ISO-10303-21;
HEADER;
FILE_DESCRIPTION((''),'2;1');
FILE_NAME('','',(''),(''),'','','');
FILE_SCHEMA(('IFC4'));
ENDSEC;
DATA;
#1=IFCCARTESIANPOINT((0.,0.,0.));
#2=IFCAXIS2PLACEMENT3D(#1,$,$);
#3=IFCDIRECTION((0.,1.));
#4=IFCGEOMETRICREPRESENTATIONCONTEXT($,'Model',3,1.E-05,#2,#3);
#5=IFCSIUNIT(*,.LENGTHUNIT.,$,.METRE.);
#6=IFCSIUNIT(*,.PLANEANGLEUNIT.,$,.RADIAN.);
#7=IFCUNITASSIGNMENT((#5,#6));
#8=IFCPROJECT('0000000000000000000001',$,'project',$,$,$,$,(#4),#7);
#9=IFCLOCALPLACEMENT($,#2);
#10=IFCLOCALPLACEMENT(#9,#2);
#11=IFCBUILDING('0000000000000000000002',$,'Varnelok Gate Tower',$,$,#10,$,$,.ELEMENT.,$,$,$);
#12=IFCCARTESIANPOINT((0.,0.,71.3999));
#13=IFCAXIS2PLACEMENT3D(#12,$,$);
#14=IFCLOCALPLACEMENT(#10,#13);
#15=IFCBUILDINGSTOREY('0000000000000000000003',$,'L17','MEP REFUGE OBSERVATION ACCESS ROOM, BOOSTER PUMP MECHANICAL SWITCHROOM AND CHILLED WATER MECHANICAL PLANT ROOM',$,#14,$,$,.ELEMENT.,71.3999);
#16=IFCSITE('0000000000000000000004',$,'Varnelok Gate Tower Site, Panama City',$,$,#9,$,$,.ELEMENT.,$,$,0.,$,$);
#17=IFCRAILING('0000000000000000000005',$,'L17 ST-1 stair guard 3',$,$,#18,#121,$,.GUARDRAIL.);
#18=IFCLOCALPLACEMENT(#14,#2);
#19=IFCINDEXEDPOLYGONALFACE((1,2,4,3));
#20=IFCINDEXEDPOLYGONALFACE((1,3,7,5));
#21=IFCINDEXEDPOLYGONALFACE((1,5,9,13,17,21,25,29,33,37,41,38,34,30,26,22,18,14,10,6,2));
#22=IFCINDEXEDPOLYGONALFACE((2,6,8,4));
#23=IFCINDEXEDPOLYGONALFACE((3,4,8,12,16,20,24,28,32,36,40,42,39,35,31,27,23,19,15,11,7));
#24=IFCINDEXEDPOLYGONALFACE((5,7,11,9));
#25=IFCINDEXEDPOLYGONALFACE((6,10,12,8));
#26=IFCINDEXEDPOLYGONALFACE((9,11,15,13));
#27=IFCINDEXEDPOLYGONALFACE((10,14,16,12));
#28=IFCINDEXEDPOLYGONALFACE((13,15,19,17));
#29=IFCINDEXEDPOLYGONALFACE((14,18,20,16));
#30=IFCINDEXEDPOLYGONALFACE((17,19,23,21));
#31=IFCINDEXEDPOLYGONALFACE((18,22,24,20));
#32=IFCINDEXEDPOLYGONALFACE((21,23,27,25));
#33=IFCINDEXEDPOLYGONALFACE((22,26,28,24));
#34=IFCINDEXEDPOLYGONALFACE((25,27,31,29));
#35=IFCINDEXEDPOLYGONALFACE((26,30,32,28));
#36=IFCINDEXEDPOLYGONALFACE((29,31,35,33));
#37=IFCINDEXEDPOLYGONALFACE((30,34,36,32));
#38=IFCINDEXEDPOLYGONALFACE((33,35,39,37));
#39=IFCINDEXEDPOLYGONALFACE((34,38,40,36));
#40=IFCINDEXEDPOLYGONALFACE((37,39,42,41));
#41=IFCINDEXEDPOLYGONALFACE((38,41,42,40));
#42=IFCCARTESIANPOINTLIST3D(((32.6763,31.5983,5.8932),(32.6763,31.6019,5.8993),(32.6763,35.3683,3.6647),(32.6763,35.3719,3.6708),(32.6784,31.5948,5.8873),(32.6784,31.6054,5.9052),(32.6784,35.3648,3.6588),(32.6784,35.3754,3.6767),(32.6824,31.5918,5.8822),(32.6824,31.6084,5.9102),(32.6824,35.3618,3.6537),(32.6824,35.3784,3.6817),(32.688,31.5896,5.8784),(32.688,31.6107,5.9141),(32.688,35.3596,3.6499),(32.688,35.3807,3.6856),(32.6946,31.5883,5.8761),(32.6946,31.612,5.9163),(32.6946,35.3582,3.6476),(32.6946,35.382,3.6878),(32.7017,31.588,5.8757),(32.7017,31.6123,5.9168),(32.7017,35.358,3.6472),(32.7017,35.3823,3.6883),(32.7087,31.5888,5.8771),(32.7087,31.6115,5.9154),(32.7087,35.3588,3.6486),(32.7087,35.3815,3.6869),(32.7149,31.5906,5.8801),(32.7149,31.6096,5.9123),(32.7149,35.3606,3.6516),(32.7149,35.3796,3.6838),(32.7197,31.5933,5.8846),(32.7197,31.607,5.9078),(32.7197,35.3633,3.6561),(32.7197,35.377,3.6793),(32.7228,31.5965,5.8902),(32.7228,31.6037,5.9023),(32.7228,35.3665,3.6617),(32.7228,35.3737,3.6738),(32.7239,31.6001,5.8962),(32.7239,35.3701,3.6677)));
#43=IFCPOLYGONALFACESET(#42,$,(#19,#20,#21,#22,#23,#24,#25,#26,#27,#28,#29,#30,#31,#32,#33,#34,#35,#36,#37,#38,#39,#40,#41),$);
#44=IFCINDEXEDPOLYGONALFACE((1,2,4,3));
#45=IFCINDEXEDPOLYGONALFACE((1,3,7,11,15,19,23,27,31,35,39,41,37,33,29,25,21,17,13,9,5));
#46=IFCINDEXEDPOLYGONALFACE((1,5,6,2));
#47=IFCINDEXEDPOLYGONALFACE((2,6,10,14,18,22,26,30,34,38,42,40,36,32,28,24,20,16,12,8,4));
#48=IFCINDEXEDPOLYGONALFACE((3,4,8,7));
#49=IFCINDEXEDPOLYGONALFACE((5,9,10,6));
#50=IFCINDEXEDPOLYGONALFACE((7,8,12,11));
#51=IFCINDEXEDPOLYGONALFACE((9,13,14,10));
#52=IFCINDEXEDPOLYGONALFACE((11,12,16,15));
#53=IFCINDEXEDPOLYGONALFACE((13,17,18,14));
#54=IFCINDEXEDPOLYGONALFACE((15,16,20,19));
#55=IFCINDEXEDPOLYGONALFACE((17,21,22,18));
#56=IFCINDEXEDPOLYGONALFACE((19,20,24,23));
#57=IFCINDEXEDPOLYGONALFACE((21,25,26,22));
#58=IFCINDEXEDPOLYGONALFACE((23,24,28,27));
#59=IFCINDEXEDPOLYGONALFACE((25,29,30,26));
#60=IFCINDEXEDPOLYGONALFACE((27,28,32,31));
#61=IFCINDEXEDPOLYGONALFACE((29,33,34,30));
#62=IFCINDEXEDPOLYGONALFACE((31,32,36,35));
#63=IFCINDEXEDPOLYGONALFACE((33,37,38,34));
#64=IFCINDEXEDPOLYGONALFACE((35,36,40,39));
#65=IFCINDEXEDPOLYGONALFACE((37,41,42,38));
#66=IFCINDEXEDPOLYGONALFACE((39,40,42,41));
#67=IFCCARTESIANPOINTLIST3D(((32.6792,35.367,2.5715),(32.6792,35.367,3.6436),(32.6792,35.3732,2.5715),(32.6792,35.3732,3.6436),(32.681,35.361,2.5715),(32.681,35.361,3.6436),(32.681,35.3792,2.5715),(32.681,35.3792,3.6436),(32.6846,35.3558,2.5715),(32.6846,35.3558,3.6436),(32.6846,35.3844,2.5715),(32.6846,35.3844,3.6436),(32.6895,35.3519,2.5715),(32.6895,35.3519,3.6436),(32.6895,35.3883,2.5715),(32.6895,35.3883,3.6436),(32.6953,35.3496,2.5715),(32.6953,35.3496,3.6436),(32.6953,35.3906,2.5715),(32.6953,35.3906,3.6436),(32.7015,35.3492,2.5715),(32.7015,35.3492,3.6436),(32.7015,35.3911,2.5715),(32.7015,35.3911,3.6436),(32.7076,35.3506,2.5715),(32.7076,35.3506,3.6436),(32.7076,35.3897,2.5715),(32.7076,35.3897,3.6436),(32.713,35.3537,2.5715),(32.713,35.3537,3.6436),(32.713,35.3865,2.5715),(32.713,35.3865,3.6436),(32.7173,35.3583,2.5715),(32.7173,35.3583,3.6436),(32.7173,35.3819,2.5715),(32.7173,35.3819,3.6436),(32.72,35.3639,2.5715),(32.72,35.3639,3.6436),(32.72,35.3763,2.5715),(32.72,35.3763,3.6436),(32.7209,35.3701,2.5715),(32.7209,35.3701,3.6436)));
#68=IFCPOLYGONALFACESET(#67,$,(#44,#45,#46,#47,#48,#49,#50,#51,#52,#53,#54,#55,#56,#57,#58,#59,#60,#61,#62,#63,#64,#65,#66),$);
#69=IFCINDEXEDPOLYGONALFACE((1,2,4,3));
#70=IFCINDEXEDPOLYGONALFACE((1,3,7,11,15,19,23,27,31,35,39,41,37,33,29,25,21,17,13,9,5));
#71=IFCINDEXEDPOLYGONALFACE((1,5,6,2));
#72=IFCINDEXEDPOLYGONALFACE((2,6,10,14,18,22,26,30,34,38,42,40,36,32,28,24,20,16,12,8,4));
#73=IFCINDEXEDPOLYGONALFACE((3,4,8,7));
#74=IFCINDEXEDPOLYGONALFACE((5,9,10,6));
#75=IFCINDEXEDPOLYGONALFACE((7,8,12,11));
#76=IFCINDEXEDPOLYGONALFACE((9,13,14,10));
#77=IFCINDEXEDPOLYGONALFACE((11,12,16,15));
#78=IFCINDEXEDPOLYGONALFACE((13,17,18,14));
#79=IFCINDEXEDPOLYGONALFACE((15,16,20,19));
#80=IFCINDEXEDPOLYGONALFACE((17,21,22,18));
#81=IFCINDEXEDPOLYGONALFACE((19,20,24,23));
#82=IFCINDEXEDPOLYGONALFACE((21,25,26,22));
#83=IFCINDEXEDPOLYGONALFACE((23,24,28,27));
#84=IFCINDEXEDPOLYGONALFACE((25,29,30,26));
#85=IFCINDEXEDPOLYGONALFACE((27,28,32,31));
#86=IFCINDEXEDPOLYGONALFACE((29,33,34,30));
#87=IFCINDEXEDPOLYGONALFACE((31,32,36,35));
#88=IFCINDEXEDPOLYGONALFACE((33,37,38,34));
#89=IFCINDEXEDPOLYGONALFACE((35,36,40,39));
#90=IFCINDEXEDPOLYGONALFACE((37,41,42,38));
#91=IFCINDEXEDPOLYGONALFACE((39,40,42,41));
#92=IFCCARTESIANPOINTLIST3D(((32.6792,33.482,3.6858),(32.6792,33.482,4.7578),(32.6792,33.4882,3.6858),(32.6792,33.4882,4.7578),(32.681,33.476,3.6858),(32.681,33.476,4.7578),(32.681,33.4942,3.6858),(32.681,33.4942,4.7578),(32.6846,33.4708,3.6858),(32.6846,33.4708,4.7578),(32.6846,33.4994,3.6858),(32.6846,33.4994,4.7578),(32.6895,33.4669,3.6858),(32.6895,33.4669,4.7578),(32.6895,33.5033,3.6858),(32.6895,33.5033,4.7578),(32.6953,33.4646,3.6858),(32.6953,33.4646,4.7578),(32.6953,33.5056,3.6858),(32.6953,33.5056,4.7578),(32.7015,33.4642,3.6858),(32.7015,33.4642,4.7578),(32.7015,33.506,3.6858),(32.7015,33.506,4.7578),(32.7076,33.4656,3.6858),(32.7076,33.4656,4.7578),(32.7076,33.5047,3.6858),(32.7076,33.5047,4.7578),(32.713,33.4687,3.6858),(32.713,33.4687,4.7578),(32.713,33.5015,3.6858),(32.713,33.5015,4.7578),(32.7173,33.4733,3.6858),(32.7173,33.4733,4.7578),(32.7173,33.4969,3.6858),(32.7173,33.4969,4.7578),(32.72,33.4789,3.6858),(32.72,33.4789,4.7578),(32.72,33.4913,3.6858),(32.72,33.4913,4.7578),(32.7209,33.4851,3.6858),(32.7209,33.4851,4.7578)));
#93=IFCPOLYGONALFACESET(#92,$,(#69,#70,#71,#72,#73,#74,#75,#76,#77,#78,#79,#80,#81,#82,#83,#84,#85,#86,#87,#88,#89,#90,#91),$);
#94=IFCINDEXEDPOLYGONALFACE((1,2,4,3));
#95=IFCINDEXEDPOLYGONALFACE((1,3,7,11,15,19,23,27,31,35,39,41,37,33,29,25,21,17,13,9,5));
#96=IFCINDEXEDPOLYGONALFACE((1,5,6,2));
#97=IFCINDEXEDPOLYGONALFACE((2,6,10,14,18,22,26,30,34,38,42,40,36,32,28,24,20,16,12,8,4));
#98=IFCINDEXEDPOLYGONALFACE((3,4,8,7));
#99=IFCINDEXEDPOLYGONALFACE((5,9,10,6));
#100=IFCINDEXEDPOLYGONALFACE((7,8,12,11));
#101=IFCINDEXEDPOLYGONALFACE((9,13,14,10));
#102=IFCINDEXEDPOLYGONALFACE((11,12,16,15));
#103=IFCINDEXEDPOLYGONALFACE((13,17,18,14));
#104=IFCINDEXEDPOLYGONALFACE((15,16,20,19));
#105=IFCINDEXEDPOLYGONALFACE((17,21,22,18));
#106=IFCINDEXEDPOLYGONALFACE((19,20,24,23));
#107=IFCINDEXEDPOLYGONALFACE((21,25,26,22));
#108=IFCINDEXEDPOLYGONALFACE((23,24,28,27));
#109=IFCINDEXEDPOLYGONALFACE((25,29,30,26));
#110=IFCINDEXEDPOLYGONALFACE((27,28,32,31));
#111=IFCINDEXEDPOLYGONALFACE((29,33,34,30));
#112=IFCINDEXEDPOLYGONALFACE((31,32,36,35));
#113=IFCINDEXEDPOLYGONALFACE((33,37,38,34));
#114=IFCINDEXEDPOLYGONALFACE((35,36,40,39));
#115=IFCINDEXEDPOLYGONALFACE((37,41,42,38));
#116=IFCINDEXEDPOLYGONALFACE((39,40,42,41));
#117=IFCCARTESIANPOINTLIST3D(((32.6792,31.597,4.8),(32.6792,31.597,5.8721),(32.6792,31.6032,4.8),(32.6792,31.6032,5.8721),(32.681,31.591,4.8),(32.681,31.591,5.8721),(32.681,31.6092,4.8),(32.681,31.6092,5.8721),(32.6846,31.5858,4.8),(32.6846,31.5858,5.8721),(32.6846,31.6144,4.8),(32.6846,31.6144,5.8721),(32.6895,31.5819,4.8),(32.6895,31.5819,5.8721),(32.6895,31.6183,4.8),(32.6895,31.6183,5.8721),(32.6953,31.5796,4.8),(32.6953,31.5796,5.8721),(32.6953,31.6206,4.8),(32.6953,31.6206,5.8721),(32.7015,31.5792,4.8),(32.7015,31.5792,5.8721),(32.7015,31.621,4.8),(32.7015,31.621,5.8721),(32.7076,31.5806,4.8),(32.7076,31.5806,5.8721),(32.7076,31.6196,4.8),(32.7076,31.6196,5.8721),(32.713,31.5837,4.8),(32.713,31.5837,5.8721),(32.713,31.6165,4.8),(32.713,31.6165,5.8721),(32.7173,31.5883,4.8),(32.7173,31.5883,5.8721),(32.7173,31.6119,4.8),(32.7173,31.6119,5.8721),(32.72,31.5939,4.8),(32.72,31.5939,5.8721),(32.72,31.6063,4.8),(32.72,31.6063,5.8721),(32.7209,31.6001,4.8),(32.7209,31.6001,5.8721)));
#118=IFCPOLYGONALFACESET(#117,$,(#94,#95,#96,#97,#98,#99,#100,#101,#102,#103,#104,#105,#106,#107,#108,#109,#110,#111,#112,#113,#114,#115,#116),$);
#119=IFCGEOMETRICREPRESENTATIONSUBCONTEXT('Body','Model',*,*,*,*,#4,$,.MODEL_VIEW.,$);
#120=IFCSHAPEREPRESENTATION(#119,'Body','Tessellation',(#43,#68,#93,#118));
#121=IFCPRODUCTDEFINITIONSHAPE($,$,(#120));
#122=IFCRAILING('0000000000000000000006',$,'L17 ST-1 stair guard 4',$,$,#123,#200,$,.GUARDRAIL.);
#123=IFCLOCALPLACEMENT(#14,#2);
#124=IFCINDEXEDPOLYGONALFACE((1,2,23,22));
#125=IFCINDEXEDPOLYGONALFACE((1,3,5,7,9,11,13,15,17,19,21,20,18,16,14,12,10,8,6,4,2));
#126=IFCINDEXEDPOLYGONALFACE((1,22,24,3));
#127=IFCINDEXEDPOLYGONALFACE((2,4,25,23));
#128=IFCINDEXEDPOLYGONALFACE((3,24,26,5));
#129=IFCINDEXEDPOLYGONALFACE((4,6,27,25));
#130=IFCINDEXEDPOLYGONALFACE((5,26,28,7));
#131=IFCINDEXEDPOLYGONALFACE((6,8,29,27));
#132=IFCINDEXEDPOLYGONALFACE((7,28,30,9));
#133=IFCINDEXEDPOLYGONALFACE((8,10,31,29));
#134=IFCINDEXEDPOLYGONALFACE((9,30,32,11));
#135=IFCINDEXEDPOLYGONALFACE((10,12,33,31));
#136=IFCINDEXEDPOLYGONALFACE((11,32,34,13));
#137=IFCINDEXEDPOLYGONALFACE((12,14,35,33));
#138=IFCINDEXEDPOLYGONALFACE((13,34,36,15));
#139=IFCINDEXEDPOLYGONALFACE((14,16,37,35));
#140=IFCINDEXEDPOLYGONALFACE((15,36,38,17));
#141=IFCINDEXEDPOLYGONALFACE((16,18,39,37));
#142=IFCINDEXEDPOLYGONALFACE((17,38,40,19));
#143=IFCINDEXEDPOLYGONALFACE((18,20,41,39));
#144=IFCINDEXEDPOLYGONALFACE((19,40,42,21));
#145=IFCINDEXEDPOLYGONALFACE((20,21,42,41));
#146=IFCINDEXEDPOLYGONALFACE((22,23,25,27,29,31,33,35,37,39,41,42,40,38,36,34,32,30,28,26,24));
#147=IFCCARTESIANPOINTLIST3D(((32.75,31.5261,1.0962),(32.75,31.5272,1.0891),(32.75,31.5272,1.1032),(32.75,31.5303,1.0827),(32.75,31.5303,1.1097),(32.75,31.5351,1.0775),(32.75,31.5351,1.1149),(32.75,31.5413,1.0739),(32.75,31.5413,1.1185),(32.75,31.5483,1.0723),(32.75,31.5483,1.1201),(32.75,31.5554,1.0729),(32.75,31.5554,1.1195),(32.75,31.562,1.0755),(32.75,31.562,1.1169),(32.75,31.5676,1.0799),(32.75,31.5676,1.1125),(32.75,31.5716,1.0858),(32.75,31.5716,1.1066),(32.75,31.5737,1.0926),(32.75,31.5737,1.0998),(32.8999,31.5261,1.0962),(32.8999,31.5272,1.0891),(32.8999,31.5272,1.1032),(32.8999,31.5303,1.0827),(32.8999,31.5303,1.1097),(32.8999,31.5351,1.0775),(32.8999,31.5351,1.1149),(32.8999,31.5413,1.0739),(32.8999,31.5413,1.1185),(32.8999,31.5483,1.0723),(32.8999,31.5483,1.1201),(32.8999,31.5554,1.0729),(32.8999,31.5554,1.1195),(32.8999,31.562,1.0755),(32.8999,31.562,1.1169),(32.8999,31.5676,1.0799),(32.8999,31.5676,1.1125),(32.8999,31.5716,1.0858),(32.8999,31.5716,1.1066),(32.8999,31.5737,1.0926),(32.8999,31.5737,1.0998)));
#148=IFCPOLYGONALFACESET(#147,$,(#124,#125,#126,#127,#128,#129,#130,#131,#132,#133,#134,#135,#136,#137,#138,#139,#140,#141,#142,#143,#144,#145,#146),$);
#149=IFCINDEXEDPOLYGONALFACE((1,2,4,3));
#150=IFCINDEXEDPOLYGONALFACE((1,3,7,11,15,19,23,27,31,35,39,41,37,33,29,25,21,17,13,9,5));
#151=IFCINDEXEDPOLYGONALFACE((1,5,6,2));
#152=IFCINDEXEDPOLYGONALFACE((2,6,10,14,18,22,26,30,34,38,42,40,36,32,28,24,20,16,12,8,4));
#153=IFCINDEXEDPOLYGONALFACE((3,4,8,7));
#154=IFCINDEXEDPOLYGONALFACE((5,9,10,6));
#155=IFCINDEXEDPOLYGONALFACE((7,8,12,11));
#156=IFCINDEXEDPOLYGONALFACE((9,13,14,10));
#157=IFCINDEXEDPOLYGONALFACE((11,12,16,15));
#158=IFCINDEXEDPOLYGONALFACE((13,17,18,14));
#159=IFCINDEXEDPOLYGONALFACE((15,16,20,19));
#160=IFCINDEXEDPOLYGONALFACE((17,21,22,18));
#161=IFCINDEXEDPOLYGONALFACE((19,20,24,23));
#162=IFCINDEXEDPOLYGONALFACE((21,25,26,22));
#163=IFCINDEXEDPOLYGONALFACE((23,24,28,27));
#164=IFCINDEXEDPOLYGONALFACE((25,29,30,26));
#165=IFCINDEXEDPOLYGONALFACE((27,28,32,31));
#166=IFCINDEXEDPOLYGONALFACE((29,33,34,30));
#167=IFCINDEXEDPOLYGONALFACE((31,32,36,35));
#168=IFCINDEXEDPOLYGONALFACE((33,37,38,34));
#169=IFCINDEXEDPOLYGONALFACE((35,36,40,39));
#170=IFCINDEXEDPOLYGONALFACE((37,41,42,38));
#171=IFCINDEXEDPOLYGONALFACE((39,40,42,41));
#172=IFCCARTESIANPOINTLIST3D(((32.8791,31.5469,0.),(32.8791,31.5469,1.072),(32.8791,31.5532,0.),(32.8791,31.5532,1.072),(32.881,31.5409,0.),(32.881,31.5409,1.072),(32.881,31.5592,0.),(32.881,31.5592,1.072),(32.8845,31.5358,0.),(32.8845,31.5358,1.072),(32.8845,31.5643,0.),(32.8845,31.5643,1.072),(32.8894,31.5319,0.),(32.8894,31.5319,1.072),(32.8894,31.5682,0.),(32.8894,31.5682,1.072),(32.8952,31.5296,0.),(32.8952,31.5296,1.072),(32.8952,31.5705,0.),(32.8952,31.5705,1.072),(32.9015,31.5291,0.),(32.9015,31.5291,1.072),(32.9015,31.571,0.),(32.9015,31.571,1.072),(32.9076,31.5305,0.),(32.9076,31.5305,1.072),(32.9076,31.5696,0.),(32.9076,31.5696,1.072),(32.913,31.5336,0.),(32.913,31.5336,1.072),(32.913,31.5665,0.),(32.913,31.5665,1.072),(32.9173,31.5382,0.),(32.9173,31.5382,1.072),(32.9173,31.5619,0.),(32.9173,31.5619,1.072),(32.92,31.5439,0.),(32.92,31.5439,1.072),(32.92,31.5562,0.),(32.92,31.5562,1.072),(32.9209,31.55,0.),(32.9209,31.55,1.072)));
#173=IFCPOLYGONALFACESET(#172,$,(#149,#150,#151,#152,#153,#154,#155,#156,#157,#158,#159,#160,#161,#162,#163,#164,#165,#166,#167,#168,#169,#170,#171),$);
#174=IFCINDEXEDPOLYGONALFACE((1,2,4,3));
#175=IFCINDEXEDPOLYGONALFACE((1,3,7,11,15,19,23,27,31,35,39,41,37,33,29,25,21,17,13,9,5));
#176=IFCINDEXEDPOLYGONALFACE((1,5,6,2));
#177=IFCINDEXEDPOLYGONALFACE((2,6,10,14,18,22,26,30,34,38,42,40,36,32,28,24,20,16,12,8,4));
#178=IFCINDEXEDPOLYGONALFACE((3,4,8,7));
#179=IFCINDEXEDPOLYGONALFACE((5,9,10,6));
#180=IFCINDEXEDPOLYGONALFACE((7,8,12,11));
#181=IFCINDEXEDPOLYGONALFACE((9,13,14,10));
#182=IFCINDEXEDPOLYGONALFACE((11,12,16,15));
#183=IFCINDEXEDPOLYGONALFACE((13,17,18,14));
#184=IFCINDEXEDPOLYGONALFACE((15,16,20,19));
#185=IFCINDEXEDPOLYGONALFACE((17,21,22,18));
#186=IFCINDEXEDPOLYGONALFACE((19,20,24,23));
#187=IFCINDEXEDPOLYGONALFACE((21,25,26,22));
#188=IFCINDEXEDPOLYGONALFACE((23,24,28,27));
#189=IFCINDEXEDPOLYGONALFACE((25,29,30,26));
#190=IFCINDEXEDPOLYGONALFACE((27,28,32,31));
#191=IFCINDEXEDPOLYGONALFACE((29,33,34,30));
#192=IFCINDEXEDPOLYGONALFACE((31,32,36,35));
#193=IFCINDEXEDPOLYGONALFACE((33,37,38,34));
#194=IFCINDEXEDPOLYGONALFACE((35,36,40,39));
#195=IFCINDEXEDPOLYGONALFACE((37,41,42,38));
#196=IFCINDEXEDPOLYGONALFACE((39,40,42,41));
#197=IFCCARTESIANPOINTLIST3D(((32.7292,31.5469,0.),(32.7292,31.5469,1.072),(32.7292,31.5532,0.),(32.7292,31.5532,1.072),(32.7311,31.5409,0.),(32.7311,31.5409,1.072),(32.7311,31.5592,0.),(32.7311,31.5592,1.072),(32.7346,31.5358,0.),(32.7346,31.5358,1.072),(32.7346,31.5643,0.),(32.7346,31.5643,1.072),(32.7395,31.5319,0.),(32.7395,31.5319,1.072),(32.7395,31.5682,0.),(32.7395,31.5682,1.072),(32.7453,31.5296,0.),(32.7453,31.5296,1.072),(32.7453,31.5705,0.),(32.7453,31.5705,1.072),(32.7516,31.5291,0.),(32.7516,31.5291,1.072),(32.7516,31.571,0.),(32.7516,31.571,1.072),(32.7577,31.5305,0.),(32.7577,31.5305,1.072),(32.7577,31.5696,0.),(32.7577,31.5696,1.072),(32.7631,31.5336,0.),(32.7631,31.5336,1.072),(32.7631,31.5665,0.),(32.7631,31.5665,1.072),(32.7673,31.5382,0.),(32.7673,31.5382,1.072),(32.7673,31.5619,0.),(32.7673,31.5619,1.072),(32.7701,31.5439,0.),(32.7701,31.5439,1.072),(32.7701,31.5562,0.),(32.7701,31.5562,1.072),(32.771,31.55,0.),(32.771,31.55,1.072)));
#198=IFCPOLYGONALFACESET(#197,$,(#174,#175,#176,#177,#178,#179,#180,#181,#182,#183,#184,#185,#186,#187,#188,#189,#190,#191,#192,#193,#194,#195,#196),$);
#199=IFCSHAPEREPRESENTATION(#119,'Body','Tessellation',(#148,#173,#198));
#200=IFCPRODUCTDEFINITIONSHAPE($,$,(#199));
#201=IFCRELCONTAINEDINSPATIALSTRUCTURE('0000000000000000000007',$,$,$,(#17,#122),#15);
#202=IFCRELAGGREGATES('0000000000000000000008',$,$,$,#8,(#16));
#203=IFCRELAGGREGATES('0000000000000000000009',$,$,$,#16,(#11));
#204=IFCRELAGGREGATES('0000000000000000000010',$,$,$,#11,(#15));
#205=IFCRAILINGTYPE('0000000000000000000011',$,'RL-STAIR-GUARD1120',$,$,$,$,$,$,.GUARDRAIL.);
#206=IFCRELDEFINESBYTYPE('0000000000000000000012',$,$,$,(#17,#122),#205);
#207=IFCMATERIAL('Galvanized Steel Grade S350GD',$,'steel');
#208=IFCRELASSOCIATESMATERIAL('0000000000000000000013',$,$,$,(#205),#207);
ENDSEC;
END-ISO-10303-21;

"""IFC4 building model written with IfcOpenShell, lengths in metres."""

from ifc_helpers import new_model, si_unit, direction, frame, origin, origin_2d, place, context, subcontext, project, spatial, circle, extrude, material, type_object, element, save


model = new_model("IFC4")

# Units and contexts
model_context = context("Model", 3, precision=1e-05, world=origin(), true_north=direction((0.0, 1.0)))
body_context = subcontext(model_context, "Body", "Model", "MODEL_VIEW")
ifc_project = project(units=[si_unit("LENGTHUNIT", "METRE"), si_unit("PLANEANGLEUNIT", "RADIAN")], contexts=[model_context])

# Site, building, storey
site_placement = place(None, origin())
site = spatial("IfcSite", under=ifc_project, at=site_placement, Name="Varnelok Gate Tower Site, Panama City", CompositionType="ELEMENT", RefElevation=0.0)
building_placement = place(site_placement, origin())
building = spatial("IfcBuilding", under=site, at=building_placement, Name="Varnelok Gate Tower", CompositionType="ELEMENT")
storey_placement = place(building_placement, frame((0.0, 0.0, 71.3999)))
storey = spatial("IfcBuildingStorey", under=building, at=storey_placement, Name="L17", Description="MEP REFUGE OBSERVATION ACCESS ROOM, BOOSTER PUMP MECHANICAL SWITCHROOM AND CHILLED WATER MECHANICAL PLANT ROOM", CompositionType="ELEMENT", Elevation=71.3999)

# Shared definitions
ifc_material_1 = material(Name="Galvanized Steel Grade S350GD", Category="steel")

# Railings
railing_type_1 = type_object("IfcRailingType", Name="RL-STAIR-GUARD1120", PredefinedType="GUARDRAIL", material=ifc_material_1)
railing_1_placement = place(storey_placement, frame((32.7, 35.3701, 2.5715)))
element("IfcRailing", 1, at=railing_1_placement, inside=storey, type_object=railing_type_1, Name="L17 ST-1 stair guard 3", PredefinedType="GUARDRAIL", context=body_context, shape_type="SweptSolid", body=[
    extrude(circle(Radius=0.0239, at=origin_2d()), frame((0.0, 0.0, 1.0962), z_axis=(0.0, -0.860849, 0.508861), x_axis=(1.0, 0.0, 0.0)), (0.0, 0.0, 1.0), 4.3794),
    extrude(circle(Radius=0.021, at=origin_2d()), origin(), (0.0, 0.0, 1.0), 1.072),
    extrude(circle(Radius=0.021, at=origin_2d()), frame((0.0, -1.885, 1.1143)), (0.0, 0.0, 1.0), 1.072),
    extrude(circle(Radius=0.021, at=origin_2d()), frame((0.0, -3.77, 2.2285)), (0.0, 0.0, 1.0), 1.072),
])
railing_2_placement = place(storey_placement, frame((32.8999, 31.55, 0.0)))
element("IfcRailing", 2, at=railing_2_placement, inside=storey, type_object=railing_type_1, Name="L17 ST-1 stair guard 4", PredefinedType="GUARDRAIL", context=body_context, shape_type="SweptSolid", body=[
    extrude(circle(Radius=0.0239, at=origin_2d()), frame((0.0, 0.0, 1.0962), z_axis=(-1.0, 0.0, 0.0), x_axis=(0.0, -1.0, 0.0)), (0.0, 0.0, 1.0), 0.1499),
    extrude(circle(Radius=0.021, at=origin_2d()), origin(), (0.0, 0.0, 1.0), 1.072),
    extrude(circle(Radius=0.021, at=origin_2d()), frame((-0.1499, 0.0, 0.0)), (0.0, 0.0, 1.0), 1.072),
])

save(model, "model.ifc")
